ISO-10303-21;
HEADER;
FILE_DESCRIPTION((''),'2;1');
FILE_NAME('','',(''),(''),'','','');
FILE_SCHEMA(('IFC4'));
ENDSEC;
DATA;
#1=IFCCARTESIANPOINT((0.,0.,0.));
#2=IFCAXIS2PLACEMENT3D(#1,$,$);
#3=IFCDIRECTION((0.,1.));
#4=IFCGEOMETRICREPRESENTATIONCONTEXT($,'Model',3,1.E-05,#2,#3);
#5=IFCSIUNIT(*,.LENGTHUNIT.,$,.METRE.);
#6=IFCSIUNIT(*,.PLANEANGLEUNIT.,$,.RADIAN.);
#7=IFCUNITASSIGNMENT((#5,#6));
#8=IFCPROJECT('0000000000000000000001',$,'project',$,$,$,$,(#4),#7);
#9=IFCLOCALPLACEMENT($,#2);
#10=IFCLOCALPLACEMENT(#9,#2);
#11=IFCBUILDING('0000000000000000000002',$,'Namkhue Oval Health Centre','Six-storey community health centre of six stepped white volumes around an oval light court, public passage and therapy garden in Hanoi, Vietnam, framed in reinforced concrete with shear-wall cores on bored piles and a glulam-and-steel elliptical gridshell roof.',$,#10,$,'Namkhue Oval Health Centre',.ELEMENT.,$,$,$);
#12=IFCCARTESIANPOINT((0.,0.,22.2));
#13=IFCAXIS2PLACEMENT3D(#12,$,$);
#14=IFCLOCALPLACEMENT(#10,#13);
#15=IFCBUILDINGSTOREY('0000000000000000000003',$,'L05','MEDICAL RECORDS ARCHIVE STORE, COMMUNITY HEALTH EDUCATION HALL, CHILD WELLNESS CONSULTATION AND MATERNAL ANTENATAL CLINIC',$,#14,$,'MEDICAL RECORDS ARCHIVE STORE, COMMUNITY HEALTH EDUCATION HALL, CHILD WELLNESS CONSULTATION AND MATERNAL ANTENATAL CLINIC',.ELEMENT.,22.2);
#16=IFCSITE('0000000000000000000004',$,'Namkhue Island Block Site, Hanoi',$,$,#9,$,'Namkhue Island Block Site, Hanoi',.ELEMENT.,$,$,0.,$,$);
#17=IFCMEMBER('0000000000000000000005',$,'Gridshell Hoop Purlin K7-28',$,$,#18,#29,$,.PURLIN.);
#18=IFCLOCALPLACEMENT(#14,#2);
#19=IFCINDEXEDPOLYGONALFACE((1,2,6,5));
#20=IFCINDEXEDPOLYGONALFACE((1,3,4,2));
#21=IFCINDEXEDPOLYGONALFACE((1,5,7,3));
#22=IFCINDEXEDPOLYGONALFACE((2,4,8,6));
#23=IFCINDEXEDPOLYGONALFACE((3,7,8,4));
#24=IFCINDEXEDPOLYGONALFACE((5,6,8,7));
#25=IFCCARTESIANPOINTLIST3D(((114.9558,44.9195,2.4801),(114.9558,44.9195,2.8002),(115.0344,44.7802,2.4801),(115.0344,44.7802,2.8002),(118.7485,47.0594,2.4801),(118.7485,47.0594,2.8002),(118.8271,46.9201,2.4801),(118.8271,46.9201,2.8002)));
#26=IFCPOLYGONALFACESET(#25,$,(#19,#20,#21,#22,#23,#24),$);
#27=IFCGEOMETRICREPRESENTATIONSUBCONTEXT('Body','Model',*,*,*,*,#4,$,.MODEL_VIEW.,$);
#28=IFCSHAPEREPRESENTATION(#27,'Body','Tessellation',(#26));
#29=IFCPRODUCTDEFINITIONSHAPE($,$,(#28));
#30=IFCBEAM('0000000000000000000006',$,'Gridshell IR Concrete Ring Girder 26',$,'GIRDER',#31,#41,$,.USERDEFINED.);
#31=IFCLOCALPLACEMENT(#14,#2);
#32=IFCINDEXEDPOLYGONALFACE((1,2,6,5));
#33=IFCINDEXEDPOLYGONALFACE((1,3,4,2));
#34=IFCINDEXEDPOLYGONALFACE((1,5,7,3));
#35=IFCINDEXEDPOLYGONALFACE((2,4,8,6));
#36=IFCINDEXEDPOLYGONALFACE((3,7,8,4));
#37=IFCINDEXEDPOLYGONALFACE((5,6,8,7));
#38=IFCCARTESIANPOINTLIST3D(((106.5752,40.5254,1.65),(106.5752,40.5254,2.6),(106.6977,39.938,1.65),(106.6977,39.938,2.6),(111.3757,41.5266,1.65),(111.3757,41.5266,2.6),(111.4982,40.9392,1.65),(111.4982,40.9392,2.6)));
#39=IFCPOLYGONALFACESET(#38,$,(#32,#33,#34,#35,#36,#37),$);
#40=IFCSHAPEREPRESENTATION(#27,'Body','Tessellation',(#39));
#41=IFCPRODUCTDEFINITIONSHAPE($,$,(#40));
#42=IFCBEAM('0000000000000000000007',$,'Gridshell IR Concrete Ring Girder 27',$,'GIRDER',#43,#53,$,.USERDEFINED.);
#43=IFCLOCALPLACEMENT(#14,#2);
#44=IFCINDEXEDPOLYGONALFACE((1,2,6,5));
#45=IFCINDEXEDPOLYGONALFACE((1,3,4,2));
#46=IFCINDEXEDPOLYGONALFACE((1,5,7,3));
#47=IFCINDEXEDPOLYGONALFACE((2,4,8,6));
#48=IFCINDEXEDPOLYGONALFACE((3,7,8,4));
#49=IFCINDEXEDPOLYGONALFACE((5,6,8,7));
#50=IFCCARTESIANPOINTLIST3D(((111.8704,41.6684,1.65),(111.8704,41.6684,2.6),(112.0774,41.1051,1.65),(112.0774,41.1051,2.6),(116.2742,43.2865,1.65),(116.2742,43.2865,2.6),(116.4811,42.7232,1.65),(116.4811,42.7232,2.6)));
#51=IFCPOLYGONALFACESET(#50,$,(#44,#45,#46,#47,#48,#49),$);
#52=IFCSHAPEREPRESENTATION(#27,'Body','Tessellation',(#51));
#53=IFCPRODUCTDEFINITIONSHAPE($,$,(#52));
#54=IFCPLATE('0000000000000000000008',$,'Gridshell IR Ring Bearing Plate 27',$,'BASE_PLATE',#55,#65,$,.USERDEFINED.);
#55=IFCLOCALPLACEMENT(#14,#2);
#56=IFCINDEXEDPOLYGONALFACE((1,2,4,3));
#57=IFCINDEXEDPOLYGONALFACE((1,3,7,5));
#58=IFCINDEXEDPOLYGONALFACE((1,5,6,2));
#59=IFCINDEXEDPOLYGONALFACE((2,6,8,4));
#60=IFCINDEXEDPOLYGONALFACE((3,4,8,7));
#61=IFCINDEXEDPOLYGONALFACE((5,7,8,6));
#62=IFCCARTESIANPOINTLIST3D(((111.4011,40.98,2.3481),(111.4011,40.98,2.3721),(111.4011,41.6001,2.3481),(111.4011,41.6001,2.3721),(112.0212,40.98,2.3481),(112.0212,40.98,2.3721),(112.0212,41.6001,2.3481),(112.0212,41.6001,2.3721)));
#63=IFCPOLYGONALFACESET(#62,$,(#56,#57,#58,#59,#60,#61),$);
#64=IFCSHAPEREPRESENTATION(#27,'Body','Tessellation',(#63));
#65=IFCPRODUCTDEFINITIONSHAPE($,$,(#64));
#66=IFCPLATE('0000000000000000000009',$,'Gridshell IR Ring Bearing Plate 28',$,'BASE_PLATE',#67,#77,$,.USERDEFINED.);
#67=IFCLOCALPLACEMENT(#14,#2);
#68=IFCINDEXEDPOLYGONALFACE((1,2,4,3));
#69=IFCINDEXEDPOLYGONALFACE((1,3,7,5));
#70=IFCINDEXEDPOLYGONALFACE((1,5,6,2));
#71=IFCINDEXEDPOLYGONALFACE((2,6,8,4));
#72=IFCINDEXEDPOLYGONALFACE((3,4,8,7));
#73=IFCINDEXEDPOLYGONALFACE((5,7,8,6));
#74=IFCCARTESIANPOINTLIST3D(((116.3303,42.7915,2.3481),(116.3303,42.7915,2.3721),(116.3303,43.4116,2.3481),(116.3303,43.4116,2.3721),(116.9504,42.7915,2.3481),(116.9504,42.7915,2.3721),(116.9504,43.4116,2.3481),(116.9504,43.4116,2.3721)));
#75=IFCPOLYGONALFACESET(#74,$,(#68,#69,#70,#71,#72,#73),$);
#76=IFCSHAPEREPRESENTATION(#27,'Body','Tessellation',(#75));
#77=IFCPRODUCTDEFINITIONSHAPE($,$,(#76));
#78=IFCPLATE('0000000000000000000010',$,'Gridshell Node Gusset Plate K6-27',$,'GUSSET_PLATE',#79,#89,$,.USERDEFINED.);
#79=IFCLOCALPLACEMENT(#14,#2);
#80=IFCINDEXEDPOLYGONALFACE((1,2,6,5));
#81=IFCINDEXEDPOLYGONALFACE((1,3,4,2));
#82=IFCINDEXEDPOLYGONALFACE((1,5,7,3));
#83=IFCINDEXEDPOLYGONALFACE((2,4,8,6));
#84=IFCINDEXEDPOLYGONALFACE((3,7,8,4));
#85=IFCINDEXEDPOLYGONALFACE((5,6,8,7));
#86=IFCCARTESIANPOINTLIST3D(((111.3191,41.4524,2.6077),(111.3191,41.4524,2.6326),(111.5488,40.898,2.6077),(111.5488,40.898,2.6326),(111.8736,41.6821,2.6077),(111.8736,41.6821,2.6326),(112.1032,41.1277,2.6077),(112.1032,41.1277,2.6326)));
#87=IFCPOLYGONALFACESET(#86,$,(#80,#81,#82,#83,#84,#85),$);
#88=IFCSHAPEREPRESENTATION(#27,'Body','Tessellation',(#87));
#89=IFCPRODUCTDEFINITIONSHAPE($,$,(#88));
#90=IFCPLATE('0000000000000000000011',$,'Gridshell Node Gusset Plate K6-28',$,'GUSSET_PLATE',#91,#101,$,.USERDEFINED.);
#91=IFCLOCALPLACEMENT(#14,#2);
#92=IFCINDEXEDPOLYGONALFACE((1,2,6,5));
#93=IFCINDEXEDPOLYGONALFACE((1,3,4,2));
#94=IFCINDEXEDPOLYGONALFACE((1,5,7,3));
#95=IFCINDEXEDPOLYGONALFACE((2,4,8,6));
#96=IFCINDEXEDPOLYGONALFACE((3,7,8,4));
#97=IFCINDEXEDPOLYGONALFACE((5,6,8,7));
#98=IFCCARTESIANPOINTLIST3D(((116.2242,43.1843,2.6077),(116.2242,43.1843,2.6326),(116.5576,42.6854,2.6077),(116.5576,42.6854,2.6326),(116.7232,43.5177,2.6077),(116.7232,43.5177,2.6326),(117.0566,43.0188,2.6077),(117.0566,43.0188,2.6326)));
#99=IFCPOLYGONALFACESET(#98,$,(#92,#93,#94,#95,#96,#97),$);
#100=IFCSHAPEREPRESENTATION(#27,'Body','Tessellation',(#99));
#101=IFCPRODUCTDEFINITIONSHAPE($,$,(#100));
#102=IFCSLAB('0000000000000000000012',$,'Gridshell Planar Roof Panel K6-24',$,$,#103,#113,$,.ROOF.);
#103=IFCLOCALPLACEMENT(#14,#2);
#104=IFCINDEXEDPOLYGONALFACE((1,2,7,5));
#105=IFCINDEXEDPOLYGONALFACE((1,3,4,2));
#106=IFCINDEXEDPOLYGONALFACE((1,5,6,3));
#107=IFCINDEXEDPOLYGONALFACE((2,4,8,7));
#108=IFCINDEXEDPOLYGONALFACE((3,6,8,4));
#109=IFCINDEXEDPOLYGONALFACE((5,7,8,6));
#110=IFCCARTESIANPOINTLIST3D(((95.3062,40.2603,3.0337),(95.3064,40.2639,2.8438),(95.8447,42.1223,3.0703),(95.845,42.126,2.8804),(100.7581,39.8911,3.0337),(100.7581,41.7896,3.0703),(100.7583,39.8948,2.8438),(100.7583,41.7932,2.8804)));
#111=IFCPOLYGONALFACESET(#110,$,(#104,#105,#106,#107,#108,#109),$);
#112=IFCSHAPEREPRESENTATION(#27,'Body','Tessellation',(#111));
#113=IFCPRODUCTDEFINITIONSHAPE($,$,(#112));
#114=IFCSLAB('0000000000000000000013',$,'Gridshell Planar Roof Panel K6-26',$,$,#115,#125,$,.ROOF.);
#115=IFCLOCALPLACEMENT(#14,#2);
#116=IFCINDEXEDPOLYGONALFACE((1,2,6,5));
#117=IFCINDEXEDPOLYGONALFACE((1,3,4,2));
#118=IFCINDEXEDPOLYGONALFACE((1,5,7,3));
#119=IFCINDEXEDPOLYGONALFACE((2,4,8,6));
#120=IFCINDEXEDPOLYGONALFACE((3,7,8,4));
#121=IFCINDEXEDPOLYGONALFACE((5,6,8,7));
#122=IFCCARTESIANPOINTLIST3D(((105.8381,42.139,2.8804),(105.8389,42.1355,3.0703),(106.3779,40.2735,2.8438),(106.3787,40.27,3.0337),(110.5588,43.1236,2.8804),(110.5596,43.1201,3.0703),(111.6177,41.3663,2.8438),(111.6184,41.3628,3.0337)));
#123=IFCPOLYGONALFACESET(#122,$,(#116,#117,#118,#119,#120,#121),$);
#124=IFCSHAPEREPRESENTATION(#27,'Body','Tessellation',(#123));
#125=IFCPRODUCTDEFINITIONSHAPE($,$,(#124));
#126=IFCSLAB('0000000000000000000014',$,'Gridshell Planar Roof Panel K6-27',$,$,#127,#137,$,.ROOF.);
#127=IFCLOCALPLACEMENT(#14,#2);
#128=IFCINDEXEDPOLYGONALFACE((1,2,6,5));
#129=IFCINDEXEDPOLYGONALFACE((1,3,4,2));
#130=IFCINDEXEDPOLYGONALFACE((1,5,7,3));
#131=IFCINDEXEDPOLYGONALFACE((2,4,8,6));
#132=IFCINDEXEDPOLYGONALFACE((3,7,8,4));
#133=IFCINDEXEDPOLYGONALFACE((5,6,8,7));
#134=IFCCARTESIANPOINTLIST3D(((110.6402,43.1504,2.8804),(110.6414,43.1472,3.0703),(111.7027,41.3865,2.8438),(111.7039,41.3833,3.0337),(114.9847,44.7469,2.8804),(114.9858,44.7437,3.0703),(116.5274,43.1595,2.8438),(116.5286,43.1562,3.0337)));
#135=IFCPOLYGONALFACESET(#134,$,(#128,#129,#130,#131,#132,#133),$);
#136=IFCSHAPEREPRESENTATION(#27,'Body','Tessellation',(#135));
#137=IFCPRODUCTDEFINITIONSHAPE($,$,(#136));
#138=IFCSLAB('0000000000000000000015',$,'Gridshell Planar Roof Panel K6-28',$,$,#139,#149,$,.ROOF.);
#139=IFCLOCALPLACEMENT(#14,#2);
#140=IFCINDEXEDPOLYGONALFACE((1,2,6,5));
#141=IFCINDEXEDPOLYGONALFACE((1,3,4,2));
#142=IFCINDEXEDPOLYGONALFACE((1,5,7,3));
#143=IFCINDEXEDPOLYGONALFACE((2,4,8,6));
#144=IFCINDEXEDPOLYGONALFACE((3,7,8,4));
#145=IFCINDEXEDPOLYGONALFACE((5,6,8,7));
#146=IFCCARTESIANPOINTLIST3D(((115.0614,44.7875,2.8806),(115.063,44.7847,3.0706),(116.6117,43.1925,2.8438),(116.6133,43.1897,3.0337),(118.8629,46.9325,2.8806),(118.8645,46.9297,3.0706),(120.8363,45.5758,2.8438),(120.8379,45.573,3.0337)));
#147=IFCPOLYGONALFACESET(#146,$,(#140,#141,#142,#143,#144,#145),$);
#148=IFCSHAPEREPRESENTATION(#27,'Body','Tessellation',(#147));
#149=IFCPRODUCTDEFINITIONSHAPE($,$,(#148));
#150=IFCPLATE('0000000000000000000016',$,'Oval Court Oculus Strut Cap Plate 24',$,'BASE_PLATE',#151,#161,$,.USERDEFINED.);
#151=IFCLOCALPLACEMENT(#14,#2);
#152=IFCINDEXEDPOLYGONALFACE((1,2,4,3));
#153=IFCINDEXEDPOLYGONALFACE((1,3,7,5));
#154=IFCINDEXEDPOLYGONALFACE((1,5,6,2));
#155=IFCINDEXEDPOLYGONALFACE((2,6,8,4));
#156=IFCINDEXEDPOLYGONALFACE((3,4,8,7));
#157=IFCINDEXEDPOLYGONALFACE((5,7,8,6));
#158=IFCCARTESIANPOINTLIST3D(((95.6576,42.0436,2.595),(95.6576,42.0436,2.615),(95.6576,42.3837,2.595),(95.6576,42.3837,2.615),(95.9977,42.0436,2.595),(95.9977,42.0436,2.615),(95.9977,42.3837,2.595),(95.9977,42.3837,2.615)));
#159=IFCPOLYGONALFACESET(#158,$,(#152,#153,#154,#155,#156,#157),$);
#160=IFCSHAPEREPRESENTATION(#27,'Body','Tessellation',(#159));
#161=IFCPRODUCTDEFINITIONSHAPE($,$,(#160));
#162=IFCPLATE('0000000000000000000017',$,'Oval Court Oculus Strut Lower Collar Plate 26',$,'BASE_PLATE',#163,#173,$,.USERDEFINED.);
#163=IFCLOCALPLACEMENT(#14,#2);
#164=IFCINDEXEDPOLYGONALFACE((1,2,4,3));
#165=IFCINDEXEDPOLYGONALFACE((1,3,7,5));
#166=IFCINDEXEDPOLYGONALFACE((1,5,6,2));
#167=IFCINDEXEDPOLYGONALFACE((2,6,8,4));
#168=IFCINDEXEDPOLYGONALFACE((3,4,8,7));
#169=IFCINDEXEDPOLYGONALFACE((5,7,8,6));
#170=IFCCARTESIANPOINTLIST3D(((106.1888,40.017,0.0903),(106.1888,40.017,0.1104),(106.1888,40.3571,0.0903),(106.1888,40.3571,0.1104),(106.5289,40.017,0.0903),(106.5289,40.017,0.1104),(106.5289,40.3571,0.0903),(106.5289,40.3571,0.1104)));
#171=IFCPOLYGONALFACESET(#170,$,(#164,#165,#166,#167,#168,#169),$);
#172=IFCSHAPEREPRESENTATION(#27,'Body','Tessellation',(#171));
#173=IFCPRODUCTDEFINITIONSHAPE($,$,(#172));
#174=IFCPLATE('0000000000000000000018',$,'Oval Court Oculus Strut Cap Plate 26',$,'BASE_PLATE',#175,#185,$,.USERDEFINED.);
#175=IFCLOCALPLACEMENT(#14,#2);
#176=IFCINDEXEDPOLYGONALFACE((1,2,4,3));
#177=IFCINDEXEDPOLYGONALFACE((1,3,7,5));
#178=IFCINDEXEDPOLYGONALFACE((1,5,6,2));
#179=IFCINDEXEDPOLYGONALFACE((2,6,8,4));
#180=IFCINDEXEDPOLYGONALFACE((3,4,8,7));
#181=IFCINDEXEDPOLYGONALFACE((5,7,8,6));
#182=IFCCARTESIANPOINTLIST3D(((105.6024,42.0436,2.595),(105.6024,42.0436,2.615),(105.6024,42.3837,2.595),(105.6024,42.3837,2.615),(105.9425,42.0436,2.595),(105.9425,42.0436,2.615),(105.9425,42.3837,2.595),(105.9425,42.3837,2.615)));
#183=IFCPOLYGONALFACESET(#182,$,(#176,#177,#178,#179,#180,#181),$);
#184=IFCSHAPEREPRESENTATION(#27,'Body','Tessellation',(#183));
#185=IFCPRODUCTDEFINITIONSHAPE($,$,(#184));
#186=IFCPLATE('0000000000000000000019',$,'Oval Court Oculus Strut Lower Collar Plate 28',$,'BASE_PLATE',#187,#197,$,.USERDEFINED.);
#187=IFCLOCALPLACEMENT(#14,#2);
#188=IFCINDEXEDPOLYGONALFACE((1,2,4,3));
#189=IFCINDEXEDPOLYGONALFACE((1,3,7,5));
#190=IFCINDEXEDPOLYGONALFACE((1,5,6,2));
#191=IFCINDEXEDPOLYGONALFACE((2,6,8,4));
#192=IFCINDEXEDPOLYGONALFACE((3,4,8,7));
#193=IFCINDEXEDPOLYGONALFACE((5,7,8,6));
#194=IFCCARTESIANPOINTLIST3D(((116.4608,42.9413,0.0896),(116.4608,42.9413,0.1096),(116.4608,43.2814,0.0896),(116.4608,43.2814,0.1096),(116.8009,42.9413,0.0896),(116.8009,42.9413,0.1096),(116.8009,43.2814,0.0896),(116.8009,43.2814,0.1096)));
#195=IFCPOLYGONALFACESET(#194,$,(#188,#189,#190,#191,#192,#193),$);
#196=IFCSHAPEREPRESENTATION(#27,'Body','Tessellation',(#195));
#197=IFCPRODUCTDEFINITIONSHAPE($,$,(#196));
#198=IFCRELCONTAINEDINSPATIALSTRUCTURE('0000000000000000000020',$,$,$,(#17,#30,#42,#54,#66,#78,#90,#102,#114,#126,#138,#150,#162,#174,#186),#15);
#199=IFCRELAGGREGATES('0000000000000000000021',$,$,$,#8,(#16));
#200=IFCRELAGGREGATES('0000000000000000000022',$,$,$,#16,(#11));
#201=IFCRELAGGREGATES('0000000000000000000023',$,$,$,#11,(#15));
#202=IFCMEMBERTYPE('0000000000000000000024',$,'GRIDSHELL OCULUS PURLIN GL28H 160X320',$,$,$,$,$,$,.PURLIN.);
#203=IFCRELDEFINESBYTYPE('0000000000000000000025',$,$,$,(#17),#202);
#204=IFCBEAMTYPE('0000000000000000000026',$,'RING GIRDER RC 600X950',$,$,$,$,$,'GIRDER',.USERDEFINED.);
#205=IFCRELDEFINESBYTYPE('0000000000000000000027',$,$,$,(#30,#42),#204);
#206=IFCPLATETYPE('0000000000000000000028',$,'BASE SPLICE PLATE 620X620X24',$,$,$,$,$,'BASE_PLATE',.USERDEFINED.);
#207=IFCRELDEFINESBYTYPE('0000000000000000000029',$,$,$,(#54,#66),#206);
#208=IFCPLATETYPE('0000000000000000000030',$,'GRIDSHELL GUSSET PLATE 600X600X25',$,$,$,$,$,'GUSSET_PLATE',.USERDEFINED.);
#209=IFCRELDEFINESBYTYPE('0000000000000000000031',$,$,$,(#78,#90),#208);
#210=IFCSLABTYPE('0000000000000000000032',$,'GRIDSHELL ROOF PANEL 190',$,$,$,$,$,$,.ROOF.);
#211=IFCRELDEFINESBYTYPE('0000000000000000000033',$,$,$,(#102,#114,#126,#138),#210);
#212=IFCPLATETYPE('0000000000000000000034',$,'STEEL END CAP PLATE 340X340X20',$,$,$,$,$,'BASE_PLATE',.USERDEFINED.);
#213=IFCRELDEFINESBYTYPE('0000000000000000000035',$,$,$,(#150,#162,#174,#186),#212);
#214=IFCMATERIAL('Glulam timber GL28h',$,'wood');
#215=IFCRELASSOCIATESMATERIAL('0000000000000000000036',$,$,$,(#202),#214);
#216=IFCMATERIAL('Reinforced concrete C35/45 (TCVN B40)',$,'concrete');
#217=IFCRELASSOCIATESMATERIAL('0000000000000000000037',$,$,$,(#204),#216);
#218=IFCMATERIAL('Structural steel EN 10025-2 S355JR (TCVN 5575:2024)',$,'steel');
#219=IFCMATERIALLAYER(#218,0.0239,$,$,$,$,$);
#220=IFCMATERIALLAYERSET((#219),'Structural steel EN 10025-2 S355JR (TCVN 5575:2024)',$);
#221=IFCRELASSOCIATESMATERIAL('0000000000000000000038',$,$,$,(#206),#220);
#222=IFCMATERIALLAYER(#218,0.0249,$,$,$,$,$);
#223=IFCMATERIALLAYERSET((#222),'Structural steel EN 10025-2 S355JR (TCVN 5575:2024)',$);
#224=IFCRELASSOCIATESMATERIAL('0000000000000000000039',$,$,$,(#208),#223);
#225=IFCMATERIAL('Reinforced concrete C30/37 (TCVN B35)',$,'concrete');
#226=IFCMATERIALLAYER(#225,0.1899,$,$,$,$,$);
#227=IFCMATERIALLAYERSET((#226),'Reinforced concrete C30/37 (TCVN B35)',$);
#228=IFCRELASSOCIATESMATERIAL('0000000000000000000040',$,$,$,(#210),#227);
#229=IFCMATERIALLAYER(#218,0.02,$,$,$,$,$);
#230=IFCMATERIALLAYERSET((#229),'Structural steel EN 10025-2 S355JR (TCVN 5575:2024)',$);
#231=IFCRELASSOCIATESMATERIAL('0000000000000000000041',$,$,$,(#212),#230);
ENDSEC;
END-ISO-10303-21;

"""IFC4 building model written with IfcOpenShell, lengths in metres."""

from ifc_helpers import new_model, si_unit, direction, frame, origin, origin_2d, place, context, subcontext, project, spatial, polyline, rectangle, outline, extrude, material, layer, layer_set, material_profile, profile_set, type_object, element, save


model = new_model("IFC4")

# Units and contexts
model_context = context("Model", 3, precision=1e-05, world=origin(), true_north=direction((0.0, 1.0)))
body_context = subcontext(model_context, "Body", "Model", "MODEL_VIEW")
ifc_project = project(units=[si_unit("LENGTHUNIT", "METRE"), si_unit("PLANEANGLEUNIT", "RADIAN")], contexts=[model_context])

# Site, building, storey
site_placement = place(None, origin())
site = spatial("IfcSite", under=ifc_project, at=site_placement, Name="Namkhue Island Block Site, Hanoi", LongName="Namkhue Island Block Site, Hanoi", CompositionType="ELEMENT", RefElevation=0.0)
building_placement = place(site_placement, origin())
building = spatial("IfcBuilding", under=site, at=building_placement, Name="Namkhue Oval Health Centre", Description="Six-storey community health centre of six stepped white volumes around an oval light court, public passage and therapy garden in Hanoi, Vietnam, framed in reinforced concrete with shear-wall cores on bored piles and a glulam-and-steel elliptical gridshell roof.", LongName="Namkhue Oval Health Centre", CompositionType="ELEMENT")
storey_placement = place(building_placement, frame((0.0, 0.0, 22.2)))
storey = spatial("IfcBuildingStorey", under=building, at=storey_placement, Name="L05", Description="MEDICAL RECORDS ARCHIVE STORE, COMMUNITY HEALTH EDUCATION HALL, CHILD WELLNESS CONSULTATION AND MATERNAL ANTENATAL CLINIC", LongName="MEDICAL RECORDS ARCHIVE STORE, COMMUNITY HEALTH EDUCATION HALL, CHILD WELLNESS CONSULTATION AND MATERNAL ANTENATAL CLINIC", CompositionType="ELEMENT", Elevation=22.2)

# Shared definitions
ifc_material_1 = material(Name="Reinforced concrete C35/45 (TCVN B40)", Category="concrete")

# Member
ifc_material_2 = material(Name="Structural steel EN 10025-2 S355JR (TCVN 5575:2024)", Category="steel")
ifc_material_3 = material(Name="Glulam timber GL28h", Category="wood")
ifc_material_profile_1 = material_profile(ifc_material_3, rectangle(XDim=0.1599, YDim=0.3201, at=origin_2d()), Name="GL28h 160x320")
ifc_profile_set_1 = profile_set([ifc_material_profile_1], Name="Glulam timber GL28h")
member_type_1 = type_object("IfcMemberType", Name="GRIDSHELL OCULUS PURLIN GL28H 160X320", PredefinedType="PURLIN", material=ifc_profile_set_1)
member_1_placement = place(storey_placement, frame((114.9951, 44.8499, 2.6401), z_axis=(0.870938, 0.491392, 0.0), x_axis=(-0.491392, 0.870938, 0.0)))
element("IfcMember", 1, at=member_1_placement, inside=storey, type_object=member_type_1, Name="Gridshell Hoop Purlin K7-28", PredefinedType="PURLIN", context=body_context, shape_type="SweptSolid", body=[
    extrude(rectangle(XDim=0.1599, YDim=0.3201, at=origin_2d()), origin(), (0.0, 0.0, 1.0), 4.3547),
])

# Beams
ifc_material_profile_2 = material_profile(ifc_material_1, rectangle(XDim=0.6001, YDim=0.95, at=origin_2d()), Name="RC 600x950")
ifc_profile_set_2 = profile_set([ifc_material_profile_2], Name="Reinforced concrete C35/45 (TCVN B40)")
beam_type = type_object("IfcBeamType", Name="RING GIRDER RC 600X950", ElementType="GIRDER", PredefinedType="USERDEFINED", material=ifc_profile_set_2)
beam_1_placement = place(storey_placement, frame((106.6365, 40.2317, 2.125), z_axis=(0.978935, 0.204171, 0.0), x_axis=(-0.204171, 0.978935, 0.0)))
element("IfcBeam", 2, at=beam_1_placement, inside=storey, type_object=beam_type, Name="Gridshell IR Concrete Ring Girder 26", ObjectType="GIRDER", PredefinedType="USERDEFINED", context=body_context, shape_type="SweptSolid", body=[
    extrude(rectangle(XDim=0.6001, YDim=0.95, at=origin_2d()), origin(), (0.0, 0.0, 1.0), 4.9038),
])
beam_2_placement = place(storey_placement, frame((111.9739, 41.3867, 2.125), z_axis=(0.93864, 0.3449, 0.0), x_axis=(-0.3449, 0.93864, 0.0)))
element("IfcBeam", 3, at=beam_2_placement, inside=storey, type_object=beam_type, Name="Gridshell IR Concrete Ring Girder 27", ObjectType="GIRDER", PredefinedType="USERDEFINED", context=body_context, shape_type="SweptSolid", body=[
    extrude(rectangle(XDim=0.6001, YDim=0.95, at=origin_2d()), origin(), (0.0, 0.0, 1.0), 4.6917),
])

# Plates
ifc_layer_1 = layer(ifc_material_2, 0.0239)
ifc_layer_set_1 = layer_set([ifc_layer_1], Name="Structural steel EN 10025-2 S355JR (TCVN 5575:2024)")
plate_type_1 = type_object("IfcPlateType", Name="BASE SPLICE PLATE 620X620X24", ElementType="BASE_PLATE", PredefinedType="USERDEFINED", material=ifc_layer_set_1)
for number, where, z_axis, x_axis, name in (
    (4, (111.7112, 41.29, 2.3481), (0.0, 0.0, 1.0), (1.0, 0.0, 0.0), "Gridshell IR Ring Bearing Plate 27"),
    (5, (116.6404, 43.1016, 2.3481), (0.0, 0.0, 1.0), (1.0, 0.0, 0.0), "Gridshell IR Ring Bearing Plate 28"),
):
    element("IfcPlate", number, at=place(storey_placement, frame(where, z_axis=z_axis, x_axis=x_axis)), inside=storey, type_object=plate_type_1, Name=name, ObjectType="BASE_PLATE", PredefinedType="USERDEFINED", context=body_context, shape_type="SweptSolid", body=[
        extrude(rectangle(XDim=0.6201, YDim=0.6201, at=origin_2d()), origin(), (0.0, 0.0, 1.0), 0.0239),
    ])
ifc_layer_2 = layer(ifc_material_2, 0.0249)
ifc_layer_set_2 = layer_set([ifc_layer_2], Name="Structural steel EN 10025-2 S355JR (TCVN 5575:2024)")
plate_type_2 = type_object("IfcPlateType", Name="GRIDSHELL GUSSET PLATE 600X600X25", ElementType="GUSSET_PLATE", PredefinedType="USERDEFINED", material=ifc_layer_set_2)
for number, where, z_axis, x_axis, name in (
    (6, (111.7112, 41.29, 2.6077), (0.0, 0.0, 1.0), (0.382683, -0.92388, 0.0), "Gridshell Node Gusset Plate K6-27"),
    (7, (116.6404, 43.1016, 2.6077), (0.0, 0.0, 1.0), (0.55557, -0.83147, 0.0), "Gridshell Node Gusset Plate K6-28"),
):
    element("IfcPlate", number, at=place(storey_placement, frame(where, z_axis=z_axis, x_axis=x_axis)), inside=storey, type_object=plate_type_2, Name=name, ObjectType="GUSSET_PLATE", PredefinedType="USERDEFINED", context=body_context, shape_type="SweptSolid", body=[
        extrude(rectangle(XDim=0.6001, YDim=0.6001, at=origin_2d()), origin(), (0.0, 0.0, 1.0), 0.0249),
    ])

# Slabs
ifc_material_4 = material(Name="Reinforced concrete C30/37 (TCVN B35)", Category="concrete")
ifc_layer_3 = layer(ifc_material_4, 0.1899)
ifc_layer_set_3 = layer_set([ifc_layer_3], Name="Reinforced concrete C30/37 (TCVN B35)")
slab_type = type_object("IfcSlabType", Name="GRIDSHELL ROOF PANEL 190", PredefinedType="ROOF", material=ifc_layer_set_3)
slab_1_placement = place(storey_placement, frame((95.3062, 40.2603, 3.0337), z_axis=(-0.001306, -0.019286, 0.999813), x_axis=(0.997716, -0.067554, 0.0)))
element("IfcSlab", 8, at=slab_1_placement, inside=storey, type_object=slab_type, Name="Gridshell Planar Roof Panel K6-24", PredefinedType="ROOF", context=body_context, shape_type="SweptSolid", body=[
    extrude(outline(polyline([(0.0, 0.0), (5.4644, 0.0), (5.3361, 1.8945), (0.4116, 1.8945), (0.0, 0.0)])), origin(), (0.0, 0.0, -1.0), 0.1899),
])
slab_2_placement = place(storey_placement, frame((106.3787, 40.27, 3.0337), z_axis=(0.00386, -0.01851, 0.999821), x_axis=(0.978937, 0.204162, 0.0)))
element("IfcSlab", 9, at=slab_2_placement, inside=storey, type_object=slab_type, Name="Gridshell Planar Roof Panel K6-26", PredefinedType="ROOF", context=body_context, shape_type="SweptSolid", body=[
    extrude(outline(polyline([(0.0, 0.0), (5.3525, 0.0), (4.6747, 1.9368), (-0.1476, 1.9367), (0.0, 0.0)])), origin(), (0.0, 0.0, -1.0), 0.1899),
])
slab_3_placement = place(storey_placement, frame((111.7039, 41.3833, 3.0337), z_axis=(0.006246, -0.016996, 0.999836), x_axis=(0.938631, 0.344922, 0.0)))
element("IfcSlab", 10, at=slab_3_placement, inside=storey, type_object=slab_type, Name="Gridshell Planar Roof Panel K6-27", PredefinedType="ROOF", context=body_context, shape_type="SweptSolid", body=[
    extrude(outline(polyline([(0.0, 0.0), (5.1402, 0.0), (4.2396, 2.0224), (-0.3889, 2.0225), (0.0, 0.0)])), origin(), (0.0, 0.0, -1.0), 0.1899),
])
slab_4_placement = place(storey_placement, frame((116.6133, 43.1897, 3.0337), z_axis=(0.00842, -0.014924, 0.999853), x_axis=(0.870962, 0.491351, -0.000001)))
element("IfcSlab", 11, at=slab_4_placement, inside=storey, type_object=slab_type, Name="Gridshell Planar Roof Panel K6-28", PredefinedType="ROOF", context=body_context, shape_type="SweptSolid", body=[
    extrude(outline(polyline([(0.0, 0.0), (4.8505, 0.0), (3.7984, 2.1516), (-0.5666, 2.1512), (0.0, 0.0)])), origin(), (0.0, 0.0, -1.0), 0.1899),
])

# Plates
ifc_layer_4 = layer(ifc_material_2, 0.02)
ifc_layer_set_4 = layer_set([ifc_layer_4], Name="Structural steel EN 10025-2 S355JR (TCVN 5575:2024)")
plate_type_3 = type_object("IfcPlateType", Name="STEEL END CAP PLATE 340X340X20", ElementType="BASE_PLATE", PredefinedType="USERDEFINED", material=ifc_layer_set_4)
for number, where, z_axis, x_axis, name in (
    (12, (95.8276, 42.2136, 2.595), (0.0, 0.0, 1.0), (1.0, 0.0, 0.0), "Oval Court Oculus Strut Cap Plate 24"),
    (13, (106.3589, 40.187, 0.0903), (0.0, 0.0, 1.0), (1.0, 0.0, 0.0), "Oval Court Oculus Strut Lower Collar Plate 26"),
    (14, (105.7725, 42.2136, 2.595), (0.0, 0.0, 1.0), (1.0, 0.0, 0.0), "Oval Court Oculus Strut Cap Plate 26"),
    (15, (116.6309, 43.1113, 0.0896), (0.0, 0.0, 1.0), (1.0, 0.0, 0.0), "Oval Court Oculus Strut Lower Collar Plate 28"),
):
    element("IfcPlate", number, at=place(storey_placement, frame(where, z_axis=z_axis, x_axis=x_axis)), inside=storey, type_object=plate_type_3, Name=name, ObjectType="BASE_PLATE", PredefinedType="USERDEFINED", context=body_context, shape_type="SweptSolid", body=[
        extrude(rectangle(XDim=0.3401, YDim=0.3401, at=origin_2d()), origin(), (0.0, 0.0, 1.0), 0.02),
    ])

save(model, "model.ifc")
